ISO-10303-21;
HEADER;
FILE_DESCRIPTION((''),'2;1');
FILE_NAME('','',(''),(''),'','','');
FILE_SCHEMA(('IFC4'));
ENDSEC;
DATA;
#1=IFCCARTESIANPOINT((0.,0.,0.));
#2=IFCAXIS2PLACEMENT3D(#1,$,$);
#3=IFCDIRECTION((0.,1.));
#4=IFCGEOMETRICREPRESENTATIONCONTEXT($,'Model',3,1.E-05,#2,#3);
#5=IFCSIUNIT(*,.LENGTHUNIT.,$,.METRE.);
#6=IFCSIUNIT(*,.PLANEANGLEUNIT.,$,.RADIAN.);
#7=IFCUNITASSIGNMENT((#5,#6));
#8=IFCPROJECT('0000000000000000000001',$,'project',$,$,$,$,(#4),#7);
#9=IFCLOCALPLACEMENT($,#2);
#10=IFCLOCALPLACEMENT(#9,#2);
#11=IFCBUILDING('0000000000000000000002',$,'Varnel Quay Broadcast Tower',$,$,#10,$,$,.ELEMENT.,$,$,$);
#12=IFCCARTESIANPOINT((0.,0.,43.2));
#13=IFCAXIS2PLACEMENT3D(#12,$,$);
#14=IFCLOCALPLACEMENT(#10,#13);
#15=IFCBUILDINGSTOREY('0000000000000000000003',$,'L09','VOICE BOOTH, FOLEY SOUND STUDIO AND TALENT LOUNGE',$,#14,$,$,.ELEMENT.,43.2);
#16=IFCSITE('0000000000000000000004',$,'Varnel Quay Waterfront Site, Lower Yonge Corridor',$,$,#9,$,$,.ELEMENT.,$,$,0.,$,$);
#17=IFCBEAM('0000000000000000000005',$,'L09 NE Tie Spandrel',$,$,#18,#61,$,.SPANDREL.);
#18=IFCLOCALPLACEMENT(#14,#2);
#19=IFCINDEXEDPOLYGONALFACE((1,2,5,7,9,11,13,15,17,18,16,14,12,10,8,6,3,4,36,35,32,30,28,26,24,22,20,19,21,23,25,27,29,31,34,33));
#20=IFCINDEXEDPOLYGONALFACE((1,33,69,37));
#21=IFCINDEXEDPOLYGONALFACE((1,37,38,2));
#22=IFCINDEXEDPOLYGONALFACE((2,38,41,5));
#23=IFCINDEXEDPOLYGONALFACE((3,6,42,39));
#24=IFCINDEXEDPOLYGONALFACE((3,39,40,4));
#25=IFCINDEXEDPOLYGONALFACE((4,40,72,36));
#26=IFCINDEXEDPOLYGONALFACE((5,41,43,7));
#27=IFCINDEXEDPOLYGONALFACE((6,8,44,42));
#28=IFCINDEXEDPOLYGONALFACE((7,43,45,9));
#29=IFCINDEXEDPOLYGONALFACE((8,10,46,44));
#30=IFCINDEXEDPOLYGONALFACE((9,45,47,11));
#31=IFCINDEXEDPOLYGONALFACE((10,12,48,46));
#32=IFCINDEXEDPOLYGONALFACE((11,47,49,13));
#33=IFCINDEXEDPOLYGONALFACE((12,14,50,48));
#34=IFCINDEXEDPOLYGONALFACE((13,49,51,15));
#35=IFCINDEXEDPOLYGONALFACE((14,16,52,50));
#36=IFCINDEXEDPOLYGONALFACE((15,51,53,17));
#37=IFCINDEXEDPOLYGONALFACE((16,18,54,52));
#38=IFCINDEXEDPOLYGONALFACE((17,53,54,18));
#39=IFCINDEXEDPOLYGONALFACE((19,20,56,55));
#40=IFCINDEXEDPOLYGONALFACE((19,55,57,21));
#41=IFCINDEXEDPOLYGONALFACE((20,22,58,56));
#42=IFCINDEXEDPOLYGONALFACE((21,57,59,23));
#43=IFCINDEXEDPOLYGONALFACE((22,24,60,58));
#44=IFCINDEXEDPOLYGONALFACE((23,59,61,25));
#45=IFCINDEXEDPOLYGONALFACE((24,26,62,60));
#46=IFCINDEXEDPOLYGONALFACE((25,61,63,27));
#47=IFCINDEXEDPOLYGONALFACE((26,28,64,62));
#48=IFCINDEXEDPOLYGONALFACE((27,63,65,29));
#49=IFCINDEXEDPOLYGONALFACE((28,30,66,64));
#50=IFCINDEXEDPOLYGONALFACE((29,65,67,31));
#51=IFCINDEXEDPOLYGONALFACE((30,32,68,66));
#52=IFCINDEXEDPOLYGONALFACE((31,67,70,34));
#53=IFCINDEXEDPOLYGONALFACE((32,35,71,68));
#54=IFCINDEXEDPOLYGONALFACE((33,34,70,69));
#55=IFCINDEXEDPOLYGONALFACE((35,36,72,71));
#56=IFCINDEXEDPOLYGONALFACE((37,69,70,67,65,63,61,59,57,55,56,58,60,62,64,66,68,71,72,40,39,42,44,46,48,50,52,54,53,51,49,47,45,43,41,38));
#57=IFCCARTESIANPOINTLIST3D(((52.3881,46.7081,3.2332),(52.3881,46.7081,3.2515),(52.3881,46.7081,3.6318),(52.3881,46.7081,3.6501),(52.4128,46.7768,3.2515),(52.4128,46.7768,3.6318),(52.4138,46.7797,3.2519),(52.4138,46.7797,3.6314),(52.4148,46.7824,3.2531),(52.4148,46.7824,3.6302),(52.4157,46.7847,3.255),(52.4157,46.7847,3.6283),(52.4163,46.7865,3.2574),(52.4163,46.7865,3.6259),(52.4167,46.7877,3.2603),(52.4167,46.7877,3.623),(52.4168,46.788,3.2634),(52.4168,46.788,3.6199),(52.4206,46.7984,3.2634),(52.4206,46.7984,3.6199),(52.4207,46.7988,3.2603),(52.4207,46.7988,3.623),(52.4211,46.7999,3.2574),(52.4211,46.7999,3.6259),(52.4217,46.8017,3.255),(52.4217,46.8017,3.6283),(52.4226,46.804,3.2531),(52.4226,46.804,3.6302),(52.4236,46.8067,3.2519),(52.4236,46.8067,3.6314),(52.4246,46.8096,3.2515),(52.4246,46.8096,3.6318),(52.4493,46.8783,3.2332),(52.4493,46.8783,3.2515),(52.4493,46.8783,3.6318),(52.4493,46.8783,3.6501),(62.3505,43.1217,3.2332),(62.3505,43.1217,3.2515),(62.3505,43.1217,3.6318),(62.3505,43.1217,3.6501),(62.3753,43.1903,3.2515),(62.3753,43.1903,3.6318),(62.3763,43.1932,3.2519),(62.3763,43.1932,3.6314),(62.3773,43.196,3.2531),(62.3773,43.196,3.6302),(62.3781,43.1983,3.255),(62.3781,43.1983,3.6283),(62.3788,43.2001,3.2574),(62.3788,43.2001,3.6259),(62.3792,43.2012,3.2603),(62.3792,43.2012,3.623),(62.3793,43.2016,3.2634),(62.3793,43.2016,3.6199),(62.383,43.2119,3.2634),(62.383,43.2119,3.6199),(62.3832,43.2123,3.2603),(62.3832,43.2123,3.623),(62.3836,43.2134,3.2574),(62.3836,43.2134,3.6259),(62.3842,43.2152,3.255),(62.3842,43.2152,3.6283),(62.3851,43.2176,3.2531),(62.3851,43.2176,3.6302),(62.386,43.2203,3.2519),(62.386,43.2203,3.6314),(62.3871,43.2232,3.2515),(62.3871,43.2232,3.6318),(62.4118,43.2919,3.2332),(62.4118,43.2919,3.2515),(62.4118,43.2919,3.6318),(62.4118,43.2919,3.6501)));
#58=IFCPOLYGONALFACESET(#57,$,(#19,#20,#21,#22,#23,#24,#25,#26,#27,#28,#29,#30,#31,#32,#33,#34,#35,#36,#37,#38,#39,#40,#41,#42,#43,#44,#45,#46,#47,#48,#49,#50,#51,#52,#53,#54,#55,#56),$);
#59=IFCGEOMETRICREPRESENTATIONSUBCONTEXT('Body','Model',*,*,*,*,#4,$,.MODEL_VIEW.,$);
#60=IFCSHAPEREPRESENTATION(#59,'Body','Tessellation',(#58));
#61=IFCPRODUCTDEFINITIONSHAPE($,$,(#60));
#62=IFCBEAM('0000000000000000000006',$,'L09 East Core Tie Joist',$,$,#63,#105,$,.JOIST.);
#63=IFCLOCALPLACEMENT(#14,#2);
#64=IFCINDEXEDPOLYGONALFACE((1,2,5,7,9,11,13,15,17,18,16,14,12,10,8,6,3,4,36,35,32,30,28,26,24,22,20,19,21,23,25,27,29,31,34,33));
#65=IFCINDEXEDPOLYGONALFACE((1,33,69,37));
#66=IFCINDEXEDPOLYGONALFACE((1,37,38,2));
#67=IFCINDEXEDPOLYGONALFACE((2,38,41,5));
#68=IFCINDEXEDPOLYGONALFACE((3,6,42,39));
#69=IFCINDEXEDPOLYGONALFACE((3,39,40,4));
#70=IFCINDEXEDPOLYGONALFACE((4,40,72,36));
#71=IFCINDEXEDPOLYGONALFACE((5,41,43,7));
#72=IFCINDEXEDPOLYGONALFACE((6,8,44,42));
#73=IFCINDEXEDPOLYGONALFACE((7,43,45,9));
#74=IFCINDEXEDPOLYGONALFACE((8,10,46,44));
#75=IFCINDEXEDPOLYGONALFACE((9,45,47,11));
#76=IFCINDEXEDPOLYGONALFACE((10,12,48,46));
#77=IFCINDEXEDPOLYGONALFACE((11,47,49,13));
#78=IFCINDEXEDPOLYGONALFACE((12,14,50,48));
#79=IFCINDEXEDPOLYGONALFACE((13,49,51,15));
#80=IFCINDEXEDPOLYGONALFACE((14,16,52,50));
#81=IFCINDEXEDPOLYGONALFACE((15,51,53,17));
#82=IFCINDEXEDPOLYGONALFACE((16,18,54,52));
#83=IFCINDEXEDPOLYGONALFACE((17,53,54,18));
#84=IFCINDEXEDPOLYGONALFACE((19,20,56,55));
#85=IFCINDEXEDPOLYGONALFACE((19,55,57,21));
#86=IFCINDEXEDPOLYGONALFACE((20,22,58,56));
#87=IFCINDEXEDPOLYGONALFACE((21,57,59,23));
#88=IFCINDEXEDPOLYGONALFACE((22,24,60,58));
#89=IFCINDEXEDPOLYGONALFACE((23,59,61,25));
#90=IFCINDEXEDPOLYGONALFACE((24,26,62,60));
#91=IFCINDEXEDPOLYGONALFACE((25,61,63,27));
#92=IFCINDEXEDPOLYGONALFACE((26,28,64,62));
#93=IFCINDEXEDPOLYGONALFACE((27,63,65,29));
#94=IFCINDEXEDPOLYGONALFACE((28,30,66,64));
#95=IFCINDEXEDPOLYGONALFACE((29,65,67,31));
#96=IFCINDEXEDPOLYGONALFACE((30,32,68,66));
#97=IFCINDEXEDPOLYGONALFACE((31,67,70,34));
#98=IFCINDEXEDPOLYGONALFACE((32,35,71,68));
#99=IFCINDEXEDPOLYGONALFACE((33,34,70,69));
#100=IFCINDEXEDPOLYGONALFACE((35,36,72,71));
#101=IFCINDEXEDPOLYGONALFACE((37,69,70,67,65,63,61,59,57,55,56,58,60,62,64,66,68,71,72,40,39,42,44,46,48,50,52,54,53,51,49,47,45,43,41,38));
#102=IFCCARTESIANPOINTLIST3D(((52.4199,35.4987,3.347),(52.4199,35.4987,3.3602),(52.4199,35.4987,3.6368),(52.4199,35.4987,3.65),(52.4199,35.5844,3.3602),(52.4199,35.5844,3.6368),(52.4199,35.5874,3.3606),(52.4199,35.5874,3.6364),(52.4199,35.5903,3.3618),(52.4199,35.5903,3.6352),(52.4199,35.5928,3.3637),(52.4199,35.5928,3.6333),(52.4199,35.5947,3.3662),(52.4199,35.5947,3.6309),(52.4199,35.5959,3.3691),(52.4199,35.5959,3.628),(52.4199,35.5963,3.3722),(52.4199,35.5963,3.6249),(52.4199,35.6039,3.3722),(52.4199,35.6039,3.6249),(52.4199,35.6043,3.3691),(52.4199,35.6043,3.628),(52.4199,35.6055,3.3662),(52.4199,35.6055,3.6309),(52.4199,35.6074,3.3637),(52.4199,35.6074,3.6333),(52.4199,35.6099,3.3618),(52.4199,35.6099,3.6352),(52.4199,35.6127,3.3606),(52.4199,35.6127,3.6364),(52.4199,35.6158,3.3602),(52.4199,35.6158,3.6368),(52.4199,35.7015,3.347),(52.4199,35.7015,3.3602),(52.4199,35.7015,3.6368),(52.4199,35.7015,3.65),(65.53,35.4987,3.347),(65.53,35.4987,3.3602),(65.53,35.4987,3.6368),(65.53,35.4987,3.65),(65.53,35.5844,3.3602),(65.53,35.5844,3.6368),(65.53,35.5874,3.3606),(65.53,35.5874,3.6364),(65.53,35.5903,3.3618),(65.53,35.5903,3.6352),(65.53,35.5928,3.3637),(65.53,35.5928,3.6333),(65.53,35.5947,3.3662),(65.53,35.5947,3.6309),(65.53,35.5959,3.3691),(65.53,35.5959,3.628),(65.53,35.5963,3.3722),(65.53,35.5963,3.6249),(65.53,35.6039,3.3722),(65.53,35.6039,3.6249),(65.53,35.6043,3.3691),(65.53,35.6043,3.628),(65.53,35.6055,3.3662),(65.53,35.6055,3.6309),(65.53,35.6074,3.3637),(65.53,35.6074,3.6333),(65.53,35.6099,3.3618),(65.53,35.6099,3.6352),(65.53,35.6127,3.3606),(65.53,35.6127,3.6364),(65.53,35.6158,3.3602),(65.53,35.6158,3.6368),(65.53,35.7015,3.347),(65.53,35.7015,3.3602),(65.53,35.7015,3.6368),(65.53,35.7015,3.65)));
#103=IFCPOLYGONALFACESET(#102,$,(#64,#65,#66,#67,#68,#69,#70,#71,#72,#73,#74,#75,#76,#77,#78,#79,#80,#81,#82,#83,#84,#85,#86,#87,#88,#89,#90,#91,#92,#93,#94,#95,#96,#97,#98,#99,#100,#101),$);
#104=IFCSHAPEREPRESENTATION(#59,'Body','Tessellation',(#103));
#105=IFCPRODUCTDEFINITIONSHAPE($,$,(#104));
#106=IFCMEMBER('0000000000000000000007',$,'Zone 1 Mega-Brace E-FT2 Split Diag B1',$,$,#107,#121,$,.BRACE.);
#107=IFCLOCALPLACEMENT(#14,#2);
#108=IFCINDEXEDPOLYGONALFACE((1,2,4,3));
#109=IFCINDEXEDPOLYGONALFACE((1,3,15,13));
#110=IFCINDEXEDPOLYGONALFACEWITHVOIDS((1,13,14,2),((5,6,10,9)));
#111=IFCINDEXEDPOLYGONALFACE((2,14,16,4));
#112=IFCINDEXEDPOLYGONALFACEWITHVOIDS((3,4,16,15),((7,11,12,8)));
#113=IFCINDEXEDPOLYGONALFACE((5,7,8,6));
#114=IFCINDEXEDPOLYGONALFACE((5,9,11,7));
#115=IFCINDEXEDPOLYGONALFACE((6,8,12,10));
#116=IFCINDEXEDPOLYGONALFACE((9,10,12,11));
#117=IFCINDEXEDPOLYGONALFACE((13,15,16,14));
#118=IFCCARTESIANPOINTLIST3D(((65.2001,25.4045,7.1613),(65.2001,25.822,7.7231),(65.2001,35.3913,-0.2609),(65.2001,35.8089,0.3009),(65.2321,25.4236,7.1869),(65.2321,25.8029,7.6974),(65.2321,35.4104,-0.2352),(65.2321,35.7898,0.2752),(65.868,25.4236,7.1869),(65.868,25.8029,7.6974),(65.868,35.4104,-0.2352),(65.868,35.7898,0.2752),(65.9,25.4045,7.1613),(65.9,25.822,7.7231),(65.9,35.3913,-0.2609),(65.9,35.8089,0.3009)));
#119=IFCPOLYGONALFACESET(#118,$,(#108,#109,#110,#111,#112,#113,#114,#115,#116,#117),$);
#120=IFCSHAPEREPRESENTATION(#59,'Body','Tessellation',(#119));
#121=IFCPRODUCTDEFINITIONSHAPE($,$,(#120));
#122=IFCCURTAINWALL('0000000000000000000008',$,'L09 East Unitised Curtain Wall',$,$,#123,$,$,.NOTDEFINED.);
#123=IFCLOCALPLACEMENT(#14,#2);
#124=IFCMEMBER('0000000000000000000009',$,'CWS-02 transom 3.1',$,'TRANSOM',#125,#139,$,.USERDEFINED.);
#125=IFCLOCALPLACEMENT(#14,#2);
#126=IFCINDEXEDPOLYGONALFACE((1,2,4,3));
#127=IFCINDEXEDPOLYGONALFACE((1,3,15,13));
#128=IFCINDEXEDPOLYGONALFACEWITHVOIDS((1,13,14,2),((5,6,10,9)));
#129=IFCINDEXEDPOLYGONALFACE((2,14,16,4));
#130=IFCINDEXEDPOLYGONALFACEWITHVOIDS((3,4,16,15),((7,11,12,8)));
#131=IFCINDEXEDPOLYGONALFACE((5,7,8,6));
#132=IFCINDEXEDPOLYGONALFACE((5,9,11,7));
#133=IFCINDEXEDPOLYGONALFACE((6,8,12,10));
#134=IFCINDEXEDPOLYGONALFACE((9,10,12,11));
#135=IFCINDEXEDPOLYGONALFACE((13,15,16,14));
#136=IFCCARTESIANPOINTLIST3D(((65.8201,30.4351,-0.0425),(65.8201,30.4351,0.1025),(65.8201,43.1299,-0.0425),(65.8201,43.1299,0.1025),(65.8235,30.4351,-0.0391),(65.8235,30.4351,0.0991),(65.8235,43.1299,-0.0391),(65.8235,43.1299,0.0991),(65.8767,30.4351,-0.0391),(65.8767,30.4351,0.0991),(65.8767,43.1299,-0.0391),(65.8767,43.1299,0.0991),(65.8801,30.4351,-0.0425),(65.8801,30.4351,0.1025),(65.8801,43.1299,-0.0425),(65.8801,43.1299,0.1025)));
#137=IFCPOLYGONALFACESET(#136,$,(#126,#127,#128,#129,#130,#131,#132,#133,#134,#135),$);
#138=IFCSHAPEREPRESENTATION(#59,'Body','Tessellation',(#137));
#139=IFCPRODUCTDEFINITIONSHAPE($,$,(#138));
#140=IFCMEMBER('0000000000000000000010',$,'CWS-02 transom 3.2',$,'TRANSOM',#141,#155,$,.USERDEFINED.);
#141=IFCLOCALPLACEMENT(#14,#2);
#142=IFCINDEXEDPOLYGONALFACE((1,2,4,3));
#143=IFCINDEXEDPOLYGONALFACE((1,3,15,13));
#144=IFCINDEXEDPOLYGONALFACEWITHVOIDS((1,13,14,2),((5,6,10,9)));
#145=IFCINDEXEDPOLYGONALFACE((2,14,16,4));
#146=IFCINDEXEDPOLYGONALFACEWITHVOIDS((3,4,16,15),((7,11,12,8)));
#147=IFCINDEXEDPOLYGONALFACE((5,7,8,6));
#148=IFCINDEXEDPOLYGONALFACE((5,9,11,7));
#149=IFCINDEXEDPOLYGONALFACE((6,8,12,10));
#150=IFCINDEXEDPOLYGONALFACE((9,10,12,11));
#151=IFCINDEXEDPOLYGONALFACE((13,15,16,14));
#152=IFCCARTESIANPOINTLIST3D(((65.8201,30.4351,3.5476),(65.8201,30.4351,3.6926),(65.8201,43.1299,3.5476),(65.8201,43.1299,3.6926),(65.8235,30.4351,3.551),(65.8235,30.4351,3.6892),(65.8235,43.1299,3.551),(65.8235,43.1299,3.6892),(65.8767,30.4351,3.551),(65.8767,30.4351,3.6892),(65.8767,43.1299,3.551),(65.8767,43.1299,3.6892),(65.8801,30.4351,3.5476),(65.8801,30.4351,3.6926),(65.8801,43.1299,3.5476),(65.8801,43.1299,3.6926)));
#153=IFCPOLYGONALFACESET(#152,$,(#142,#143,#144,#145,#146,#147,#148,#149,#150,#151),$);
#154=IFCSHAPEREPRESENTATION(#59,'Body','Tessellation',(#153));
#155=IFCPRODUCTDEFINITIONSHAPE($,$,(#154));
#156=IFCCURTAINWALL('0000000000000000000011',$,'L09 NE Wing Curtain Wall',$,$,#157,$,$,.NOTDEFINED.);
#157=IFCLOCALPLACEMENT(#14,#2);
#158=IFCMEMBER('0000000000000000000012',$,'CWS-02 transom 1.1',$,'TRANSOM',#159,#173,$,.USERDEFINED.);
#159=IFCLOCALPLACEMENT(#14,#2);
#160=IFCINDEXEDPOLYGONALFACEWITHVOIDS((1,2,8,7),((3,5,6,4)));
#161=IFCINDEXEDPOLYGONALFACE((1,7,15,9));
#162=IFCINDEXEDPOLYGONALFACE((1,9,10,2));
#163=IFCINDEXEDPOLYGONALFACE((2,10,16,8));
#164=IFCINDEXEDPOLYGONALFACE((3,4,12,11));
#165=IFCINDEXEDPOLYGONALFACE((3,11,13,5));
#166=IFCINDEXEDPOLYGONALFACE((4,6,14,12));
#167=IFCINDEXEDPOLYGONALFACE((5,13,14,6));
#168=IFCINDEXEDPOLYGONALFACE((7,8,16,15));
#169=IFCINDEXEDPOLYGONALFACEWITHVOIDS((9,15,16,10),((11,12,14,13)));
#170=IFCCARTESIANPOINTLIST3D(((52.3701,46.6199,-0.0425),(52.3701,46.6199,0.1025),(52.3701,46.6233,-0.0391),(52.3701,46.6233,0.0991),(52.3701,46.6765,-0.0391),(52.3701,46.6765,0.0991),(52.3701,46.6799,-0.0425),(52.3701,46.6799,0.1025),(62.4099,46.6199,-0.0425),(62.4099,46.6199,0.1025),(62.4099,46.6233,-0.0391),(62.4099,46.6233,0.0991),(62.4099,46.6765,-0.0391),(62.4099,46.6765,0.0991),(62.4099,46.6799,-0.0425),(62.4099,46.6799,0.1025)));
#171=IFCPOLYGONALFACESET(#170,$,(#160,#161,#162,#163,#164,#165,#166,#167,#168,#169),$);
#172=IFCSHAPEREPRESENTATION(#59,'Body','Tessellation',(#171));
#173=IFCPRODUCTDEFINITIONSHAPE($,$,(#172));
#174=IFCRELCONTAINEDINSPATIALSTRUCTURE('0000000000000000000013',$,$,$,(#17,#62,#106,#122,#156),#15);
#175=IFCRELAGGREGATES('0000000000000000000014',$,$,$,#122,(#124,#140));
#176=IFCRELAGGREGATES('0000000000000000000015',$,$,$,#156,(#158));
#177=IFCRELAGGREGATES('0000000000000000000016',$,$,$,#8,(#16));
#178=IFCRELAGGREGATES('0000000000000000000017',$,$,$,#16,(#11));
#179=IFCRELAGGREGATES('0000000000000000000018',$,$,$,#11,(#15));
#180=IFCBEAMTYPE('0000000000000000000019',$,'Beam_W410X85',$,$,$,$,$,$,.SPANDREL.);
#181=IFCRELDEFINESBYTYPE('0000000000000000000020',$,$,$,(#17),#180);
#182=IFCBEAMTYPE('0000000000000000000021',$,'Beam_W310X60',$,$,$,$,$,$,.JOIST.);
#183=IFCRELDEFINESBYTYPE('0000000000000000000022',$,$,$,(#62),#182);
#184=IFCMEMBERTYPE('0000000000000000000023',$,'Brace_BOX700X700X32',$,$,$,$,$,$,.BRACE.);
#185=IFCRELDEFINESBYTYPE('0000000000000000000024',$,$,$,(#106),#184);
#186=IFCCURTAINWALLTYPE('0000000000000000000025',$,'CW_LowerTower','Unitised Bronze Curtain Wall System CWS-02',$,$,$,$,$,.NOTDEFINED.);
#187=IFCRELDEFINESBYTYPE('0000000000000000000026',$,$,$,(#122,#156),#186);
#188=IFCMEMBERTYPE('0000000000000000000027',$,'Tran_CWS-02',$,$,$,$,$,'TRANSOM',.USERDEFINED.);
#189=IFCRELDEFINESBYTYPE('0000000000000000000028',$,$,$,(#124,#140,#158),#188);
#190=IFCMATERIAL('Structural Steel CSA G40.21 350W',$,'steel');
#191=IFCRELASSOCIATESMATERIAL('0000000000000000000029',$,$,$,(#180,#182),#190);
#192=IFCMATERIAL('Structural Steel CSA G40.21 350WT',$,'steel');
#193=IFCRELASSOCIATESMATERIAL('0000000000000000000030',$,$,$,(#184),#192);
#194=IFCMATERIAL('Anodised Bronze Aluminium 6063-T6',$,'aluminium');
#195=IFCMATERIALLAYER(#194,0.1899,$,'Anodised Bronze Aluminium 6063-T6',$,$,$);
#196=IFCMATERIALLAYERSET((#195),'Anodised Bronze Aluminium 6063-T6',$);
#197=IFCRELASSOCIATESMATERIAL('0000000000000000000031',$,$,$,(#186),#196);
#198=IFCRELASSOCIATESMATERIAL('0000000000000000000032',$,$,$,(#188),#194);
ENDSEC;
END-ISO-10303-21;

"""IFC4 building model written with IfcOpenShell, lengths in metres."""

from ifc_helpers import new_model, si_unit, direction, frame, origin, origin_2d, place, context, subcontext, project, spatial, hollow_rectangle, i_section, extrude, source, transform, mapped, material, layer, layer_set, material_profile, profile_set, type_object, type_shapes, element, aggregate, save


model = new_model("IFC4")

# Units and contexts
model_context = context("Model", 3, precision=1e-05, world=origin(), true_north=direction((0.0, 1.0)))
body_context = subcontext(model_context, "Body", "Model", "MODEL_VIEW")
ifc_project = project(units=[si_unit("LENGTHUNIT", "METRE"), si_unit("PLANEANGLEUNIT", "RADIAN")], contexts=[model_context])

# Site, building, storey
site_placement = place(None, origin())
site = spatial("IfcSite", under=ifc_project, at=site_placement, Name="Varnel Quay Waterfront Site, Lower Yonge Corridor", CompositionType="ELEMENT", RefElevation=0.0)
building_placement = place(site_placement, origin())
building = spatial("IfcBuilding", under=site, at=building_placement, Name="Varnel Quay Broadcast Tower", CompositionType="ELEMENT")
storey_placement = place(building_placement, frame((0.0, 0.0, 43.2)))
storey = spatial("IfcBuildingStorey", under=building, at=storey_placement, Name="L09", Description="VOICE BOOTH, FOLEY SOUND STUDIO AND TALENT LOUNGE", CompositionType="ELEMENT", Elevation=43.2)

# Shared definitions
ifc_material_1 = material(Name="Structural Steel CSA G40.21 350WT", Category="steel")
ifc_material_2 = material(Name="Structural Steel CSA G40.21 350W", Category="steel")

# Beams
ifc_material_profile_1 = material_profile(ifc_material_2, i_section(OverallWidth=0.1809, OverallDepth=0.417, WebThickness=0.011, FlangeThickness=0.0183, FilletRadius=0.012, at=origin_2d()), Name="W410X85")
ifc_profile_set_1 = profile_set([ifc_material_profile_1], Name="Structural Steel CSA G40.21 350W")
beam_type_1 = type_object("IfcBeamType", Name="Beam_W410X85", PredefinedType="SPANDREL", material=ifc_profile_set_1)
shared_shape_1 = source(origin(), body_context, "Body", "SweptSolid", [
    extrude(i_section(OverallWidth=0.1809, OverallDepth=0.417, WebThickness=0.011, FlangeThickness=0.0183, FilletRadius=0.012, at=origin_2d()), origin(), (0.0, 0.0, 1.0), 10.5884),
])
beam_1_placement = place(storey_placement, frame((52.4187, 46.7932, 3.4417), z_axis=(0.940889, -0.338716, 0.0), x_axis=(0.338716, 0.940889, 0.0)))
element("IfcBeam", 1, at=beam_1_placement, inside=storey, type_object=beam_type_1, Name="L09 NE Tie Spandrel", PredefinedType="SPANDREL", context=body_context, shape_type="MappedRepresentation", body=[
    mapped(shared_shape_1, transform((0.0, 0.0, 0.0), x_axis=(1.0, 0.0, 0.0), y_axis=(0.0, 1.0, 0.0), z_axis=(0.0, 0.0, 1.0), scale=1.0)),
])
ifc_material_profile_2 = material_profile(ifc_material_2, i_section(OverallWidth=0.2029, OverallDepth=0.303, WebThickness=0.0076, FlangeThickness=0.0132, FilletRadius=0.012, at=origin_2d()), Name="W310X60")
ifc_profile_set_2 = profile_set([ifc_material_profile_2], Name="Structural Steel CSA G40.21 350W")
beam_type_2 = type_object("IfcBeamType", Name="Beam_W310X60", PredefinedType="JOIST", material=ifc_profile_set_2)
shared_shape_2 = source(origin(), body_context, "Body", "SweptSolid", [
    extrude(i_section(OverallWidth=0.2029, OverallDepth=0.303, WebThickness=0.0076, FlangeThickness=0.0132, FilletRadius=0.012, at=origin_2d()), origin(), (0.0, 0.0, 1.0), 13.1101),
])
type_shapes(beam_type_2, [shared_shape_2])
beam_2_placement = place(storey_placement, frame((52.4199, 35.6001, 3.4985), z_axis=(1.0, 0.0, 0.0), x_axis=(0.0, 1.0, 0.0)))
element("IfcBeam", 2, at=beam_2_placement, inside=storey, type_object=beam_type_2, Name="L09 East Core Tie Joist", PredefinedType="JOIST", context=body_context, shape_type="MappedRepresentation", body=[
    mapped(shared_shape_2, transform((0.0, 0.0, 0.0), x_axis=(1.0, 0.0, 0.0), y_axis=(0.0, 1.0, 0.0), z_axis=(0.0, 0.0, 1.0), scale=1.0)),
])

# Member
ifc_material_profile_3 = material_profile(ifc_material_1, hollow_rectangle(XDim=0.7, YDim=0.7, WallThickness=0.032, at=origin_2d()), Name="BOX700X700X32")
ifc_profile_set_3 = profile_set([ifc_material_profile_3], Name="Structural Steel CSA G40.21 350WT")
member_type_1 = type_object("IfcMemberType", Name="Brace_BOX700X700X32", PredefinedType="BRACE", material=ifc_profile_set_3)
shared_shape_3 = source(origin(), body_context, "Body", "SweptSolid", [
    extrude(hollow_rectangle(XDim=0.7, YDim=0.7, WallThickness=0.032, at=origin_2d()), origin(), (0.0, 0.0, 1.0), 12.4429),
])
type_shapes(member_type_1, [shared_shape_3])
member_1_placement = place(storey_placement, frame((65.55, 35.6001, 0.02), z_axis=(0.0, -0.802615, 0.596497), x_axis=(1.0, 0.0, 0.0)))
element("IfcMember", 3, at=member_1_placement, inside=storey, type_object=member_type_1, Name="Zone 1 Mega-Brace E-FT2 Split Diag B1", PredefinedType="BRACE", context=body_context, shape_type="MappedRepresentation", body=[
    mapped(shared_shape_3, transform((0.0, 0.0, 0.0), x_axis=(1.0, 0.0, 0.0), y_axis=(0.0, 1.0, 0.0), z_axis=(0.0, 0.0, 1.0), scale=1.0)),
])

# Curtain walls, members
ifc_material_3 = material(Name="Anodised Bronze Aluminium 6063-T6", Category="aluminium")
ifc_layer_1 = layer(ifc_material_3, 0.1899, Name="Anodised Bronze Aluminium 6063-T6")
ifc_layer_set_1 = layer_set([ifc_layer_1], Name="Anodised Bronze Aluminium 6063-T6")
curtain_wall_type = type_object("IfcCurtainWallType", Name="CW_LowerTower", Description="Unitised Bronze Curtain Wall System CWS-02", PredefinedType="NOTDEFINED", material=ifc_layer_set_1)
curtain_wall_1_placement = place(storey_placement, origin())
curtain_wall_1 = element("IfcCurtainWall", 4, at=curtain_wall_1_placement, inside=storey, type_object=curtain_wall_type, Name="L09 East Unitised Curtain Wall", PredefinedType="NOTDEFINED")
ifc_material_profile_4 = material_profile(ifc_material_3, hollow_rectangle(XDim=0.0601, YDim=0.145, WallThickness=0.0034, at=origin_2d()), Name="ALU60X145X3.5")
ifc_profile_set_4 = profile_set([ifc_material_profile_4], Name="Anodised Bronze Aluminium 6063-T6")
member_type_2 = type_object("IfcMemberType", Name="Tran_CWS-02", ElementType="TRANSOM", PredefinedType="USERDEFINED", material=ifc_profile_set_4)
shared_shape_4 = source(origin(), body_context, "Body", "SweptSolid", [
    extrude(hollow_rectangle(XDim=0.0601, YDim=0.145, WallThickness=0.0034, at=origin_2d()), origin(), (0.0, 0.0, 1.0), 12.6948),
])
member_2_placement = place(storey_placement, frame((65.8501, 30.4351, 0.03), z_axis=(0.0, 1.0, 0.0), x_axis=(-1.0, 0.0, 0.0)))
member_2 = element("IfcMember", 5, at=member_2_placement, type_object=member_type_2, Name="CWS-02 transom 3.1", ObjectType="TRANSOM", PredefinedType="USERDEFINED", context=body_context, shape_type="MappedRepresentation", body=[
    mapped(shared_shape_4, transform((0.0, 0.0, 0.0), x_axis=(1.0, 0.0, 0.0), y_axis=(0.0, 1.0, 0.0), z_axis=(0.0, 0.0, 1.0), scale=1.0)),
])
member_3_placement = place(storey_placement, frame((65.8501, 30.4351, 3.6201), z_axis=(0.0, 1.0, 0.0), x_axis=(-1.0, 0.0, 0.0)))
member_3 = element("IfcMember", 6, at=member_3_placement, type_object=member_type_2, Name="CWS-02 transom 3.2", ObjectType="TRANSOM", PredefinedType="USERDEFINED", context=body_context, shape_type="MappedRepresentation", body=[
    mapped(shared_shape_4, transform((0.0, 0.0, 0.0), x_axis=(1.0, 0.0, 0.0), y_axis=(0.0, 1.0, 0.0), z_axis=(0.0, 0.0, 1.0), scale=1.0)),
])
curtain_wall_2_placement = place(storey_placement, origin())
curtain_wall_2 = element("IfcCurtainWall", 7, at=curtain_wall_2_placement, inside=storey, type_object=curtain_wall_type, Name="L09 NE Wing Curtain Wall", PredefinedType="NOTDEFINED")
shared_shape_5 = source(origin(), body_context, "Body", "SweptSolid", [
    extrude(hollow_rectangle(XDim=0.0601, YDim=0.145, WallThickness=0.0034, at=origin_2d()), origin(), (0.0, 0.0, 1.0), 10.0398),
])
type_shapes(member_type_2, [shared_shape_4, shared_shape_5])
member_4_placement = place(storey_placement, frame((52.3701, 46.6499, 0.03), z_axis=(1.0, 0.0, 0.0), x_axis=(0.0, 1.0, 0.0)))
member_4 = element("IfcMember", 8, at=member_4_placement, type_object=member_type_2, Name="CWS-02 transom 1.1", ObjectType="TRANSOM", PredefinedType="USERDEFINED", context=body_context, shape_type="MappedRepresentation", body=[
    mapped(shared_shape_5, transform((0.0, 0.0, 0.0), x_axis=(1.0, 0.0, 0.0), y_axis=(0.0, 1.0, 0.0), z_axis=(0.0, 0.0, 1.0), scale=1.0)),
])

aggregate(curtain_wall_1, [member_2, member_3])
aggregate(curtain_wall_2, [member_4])

save(model, "model.ifc")
